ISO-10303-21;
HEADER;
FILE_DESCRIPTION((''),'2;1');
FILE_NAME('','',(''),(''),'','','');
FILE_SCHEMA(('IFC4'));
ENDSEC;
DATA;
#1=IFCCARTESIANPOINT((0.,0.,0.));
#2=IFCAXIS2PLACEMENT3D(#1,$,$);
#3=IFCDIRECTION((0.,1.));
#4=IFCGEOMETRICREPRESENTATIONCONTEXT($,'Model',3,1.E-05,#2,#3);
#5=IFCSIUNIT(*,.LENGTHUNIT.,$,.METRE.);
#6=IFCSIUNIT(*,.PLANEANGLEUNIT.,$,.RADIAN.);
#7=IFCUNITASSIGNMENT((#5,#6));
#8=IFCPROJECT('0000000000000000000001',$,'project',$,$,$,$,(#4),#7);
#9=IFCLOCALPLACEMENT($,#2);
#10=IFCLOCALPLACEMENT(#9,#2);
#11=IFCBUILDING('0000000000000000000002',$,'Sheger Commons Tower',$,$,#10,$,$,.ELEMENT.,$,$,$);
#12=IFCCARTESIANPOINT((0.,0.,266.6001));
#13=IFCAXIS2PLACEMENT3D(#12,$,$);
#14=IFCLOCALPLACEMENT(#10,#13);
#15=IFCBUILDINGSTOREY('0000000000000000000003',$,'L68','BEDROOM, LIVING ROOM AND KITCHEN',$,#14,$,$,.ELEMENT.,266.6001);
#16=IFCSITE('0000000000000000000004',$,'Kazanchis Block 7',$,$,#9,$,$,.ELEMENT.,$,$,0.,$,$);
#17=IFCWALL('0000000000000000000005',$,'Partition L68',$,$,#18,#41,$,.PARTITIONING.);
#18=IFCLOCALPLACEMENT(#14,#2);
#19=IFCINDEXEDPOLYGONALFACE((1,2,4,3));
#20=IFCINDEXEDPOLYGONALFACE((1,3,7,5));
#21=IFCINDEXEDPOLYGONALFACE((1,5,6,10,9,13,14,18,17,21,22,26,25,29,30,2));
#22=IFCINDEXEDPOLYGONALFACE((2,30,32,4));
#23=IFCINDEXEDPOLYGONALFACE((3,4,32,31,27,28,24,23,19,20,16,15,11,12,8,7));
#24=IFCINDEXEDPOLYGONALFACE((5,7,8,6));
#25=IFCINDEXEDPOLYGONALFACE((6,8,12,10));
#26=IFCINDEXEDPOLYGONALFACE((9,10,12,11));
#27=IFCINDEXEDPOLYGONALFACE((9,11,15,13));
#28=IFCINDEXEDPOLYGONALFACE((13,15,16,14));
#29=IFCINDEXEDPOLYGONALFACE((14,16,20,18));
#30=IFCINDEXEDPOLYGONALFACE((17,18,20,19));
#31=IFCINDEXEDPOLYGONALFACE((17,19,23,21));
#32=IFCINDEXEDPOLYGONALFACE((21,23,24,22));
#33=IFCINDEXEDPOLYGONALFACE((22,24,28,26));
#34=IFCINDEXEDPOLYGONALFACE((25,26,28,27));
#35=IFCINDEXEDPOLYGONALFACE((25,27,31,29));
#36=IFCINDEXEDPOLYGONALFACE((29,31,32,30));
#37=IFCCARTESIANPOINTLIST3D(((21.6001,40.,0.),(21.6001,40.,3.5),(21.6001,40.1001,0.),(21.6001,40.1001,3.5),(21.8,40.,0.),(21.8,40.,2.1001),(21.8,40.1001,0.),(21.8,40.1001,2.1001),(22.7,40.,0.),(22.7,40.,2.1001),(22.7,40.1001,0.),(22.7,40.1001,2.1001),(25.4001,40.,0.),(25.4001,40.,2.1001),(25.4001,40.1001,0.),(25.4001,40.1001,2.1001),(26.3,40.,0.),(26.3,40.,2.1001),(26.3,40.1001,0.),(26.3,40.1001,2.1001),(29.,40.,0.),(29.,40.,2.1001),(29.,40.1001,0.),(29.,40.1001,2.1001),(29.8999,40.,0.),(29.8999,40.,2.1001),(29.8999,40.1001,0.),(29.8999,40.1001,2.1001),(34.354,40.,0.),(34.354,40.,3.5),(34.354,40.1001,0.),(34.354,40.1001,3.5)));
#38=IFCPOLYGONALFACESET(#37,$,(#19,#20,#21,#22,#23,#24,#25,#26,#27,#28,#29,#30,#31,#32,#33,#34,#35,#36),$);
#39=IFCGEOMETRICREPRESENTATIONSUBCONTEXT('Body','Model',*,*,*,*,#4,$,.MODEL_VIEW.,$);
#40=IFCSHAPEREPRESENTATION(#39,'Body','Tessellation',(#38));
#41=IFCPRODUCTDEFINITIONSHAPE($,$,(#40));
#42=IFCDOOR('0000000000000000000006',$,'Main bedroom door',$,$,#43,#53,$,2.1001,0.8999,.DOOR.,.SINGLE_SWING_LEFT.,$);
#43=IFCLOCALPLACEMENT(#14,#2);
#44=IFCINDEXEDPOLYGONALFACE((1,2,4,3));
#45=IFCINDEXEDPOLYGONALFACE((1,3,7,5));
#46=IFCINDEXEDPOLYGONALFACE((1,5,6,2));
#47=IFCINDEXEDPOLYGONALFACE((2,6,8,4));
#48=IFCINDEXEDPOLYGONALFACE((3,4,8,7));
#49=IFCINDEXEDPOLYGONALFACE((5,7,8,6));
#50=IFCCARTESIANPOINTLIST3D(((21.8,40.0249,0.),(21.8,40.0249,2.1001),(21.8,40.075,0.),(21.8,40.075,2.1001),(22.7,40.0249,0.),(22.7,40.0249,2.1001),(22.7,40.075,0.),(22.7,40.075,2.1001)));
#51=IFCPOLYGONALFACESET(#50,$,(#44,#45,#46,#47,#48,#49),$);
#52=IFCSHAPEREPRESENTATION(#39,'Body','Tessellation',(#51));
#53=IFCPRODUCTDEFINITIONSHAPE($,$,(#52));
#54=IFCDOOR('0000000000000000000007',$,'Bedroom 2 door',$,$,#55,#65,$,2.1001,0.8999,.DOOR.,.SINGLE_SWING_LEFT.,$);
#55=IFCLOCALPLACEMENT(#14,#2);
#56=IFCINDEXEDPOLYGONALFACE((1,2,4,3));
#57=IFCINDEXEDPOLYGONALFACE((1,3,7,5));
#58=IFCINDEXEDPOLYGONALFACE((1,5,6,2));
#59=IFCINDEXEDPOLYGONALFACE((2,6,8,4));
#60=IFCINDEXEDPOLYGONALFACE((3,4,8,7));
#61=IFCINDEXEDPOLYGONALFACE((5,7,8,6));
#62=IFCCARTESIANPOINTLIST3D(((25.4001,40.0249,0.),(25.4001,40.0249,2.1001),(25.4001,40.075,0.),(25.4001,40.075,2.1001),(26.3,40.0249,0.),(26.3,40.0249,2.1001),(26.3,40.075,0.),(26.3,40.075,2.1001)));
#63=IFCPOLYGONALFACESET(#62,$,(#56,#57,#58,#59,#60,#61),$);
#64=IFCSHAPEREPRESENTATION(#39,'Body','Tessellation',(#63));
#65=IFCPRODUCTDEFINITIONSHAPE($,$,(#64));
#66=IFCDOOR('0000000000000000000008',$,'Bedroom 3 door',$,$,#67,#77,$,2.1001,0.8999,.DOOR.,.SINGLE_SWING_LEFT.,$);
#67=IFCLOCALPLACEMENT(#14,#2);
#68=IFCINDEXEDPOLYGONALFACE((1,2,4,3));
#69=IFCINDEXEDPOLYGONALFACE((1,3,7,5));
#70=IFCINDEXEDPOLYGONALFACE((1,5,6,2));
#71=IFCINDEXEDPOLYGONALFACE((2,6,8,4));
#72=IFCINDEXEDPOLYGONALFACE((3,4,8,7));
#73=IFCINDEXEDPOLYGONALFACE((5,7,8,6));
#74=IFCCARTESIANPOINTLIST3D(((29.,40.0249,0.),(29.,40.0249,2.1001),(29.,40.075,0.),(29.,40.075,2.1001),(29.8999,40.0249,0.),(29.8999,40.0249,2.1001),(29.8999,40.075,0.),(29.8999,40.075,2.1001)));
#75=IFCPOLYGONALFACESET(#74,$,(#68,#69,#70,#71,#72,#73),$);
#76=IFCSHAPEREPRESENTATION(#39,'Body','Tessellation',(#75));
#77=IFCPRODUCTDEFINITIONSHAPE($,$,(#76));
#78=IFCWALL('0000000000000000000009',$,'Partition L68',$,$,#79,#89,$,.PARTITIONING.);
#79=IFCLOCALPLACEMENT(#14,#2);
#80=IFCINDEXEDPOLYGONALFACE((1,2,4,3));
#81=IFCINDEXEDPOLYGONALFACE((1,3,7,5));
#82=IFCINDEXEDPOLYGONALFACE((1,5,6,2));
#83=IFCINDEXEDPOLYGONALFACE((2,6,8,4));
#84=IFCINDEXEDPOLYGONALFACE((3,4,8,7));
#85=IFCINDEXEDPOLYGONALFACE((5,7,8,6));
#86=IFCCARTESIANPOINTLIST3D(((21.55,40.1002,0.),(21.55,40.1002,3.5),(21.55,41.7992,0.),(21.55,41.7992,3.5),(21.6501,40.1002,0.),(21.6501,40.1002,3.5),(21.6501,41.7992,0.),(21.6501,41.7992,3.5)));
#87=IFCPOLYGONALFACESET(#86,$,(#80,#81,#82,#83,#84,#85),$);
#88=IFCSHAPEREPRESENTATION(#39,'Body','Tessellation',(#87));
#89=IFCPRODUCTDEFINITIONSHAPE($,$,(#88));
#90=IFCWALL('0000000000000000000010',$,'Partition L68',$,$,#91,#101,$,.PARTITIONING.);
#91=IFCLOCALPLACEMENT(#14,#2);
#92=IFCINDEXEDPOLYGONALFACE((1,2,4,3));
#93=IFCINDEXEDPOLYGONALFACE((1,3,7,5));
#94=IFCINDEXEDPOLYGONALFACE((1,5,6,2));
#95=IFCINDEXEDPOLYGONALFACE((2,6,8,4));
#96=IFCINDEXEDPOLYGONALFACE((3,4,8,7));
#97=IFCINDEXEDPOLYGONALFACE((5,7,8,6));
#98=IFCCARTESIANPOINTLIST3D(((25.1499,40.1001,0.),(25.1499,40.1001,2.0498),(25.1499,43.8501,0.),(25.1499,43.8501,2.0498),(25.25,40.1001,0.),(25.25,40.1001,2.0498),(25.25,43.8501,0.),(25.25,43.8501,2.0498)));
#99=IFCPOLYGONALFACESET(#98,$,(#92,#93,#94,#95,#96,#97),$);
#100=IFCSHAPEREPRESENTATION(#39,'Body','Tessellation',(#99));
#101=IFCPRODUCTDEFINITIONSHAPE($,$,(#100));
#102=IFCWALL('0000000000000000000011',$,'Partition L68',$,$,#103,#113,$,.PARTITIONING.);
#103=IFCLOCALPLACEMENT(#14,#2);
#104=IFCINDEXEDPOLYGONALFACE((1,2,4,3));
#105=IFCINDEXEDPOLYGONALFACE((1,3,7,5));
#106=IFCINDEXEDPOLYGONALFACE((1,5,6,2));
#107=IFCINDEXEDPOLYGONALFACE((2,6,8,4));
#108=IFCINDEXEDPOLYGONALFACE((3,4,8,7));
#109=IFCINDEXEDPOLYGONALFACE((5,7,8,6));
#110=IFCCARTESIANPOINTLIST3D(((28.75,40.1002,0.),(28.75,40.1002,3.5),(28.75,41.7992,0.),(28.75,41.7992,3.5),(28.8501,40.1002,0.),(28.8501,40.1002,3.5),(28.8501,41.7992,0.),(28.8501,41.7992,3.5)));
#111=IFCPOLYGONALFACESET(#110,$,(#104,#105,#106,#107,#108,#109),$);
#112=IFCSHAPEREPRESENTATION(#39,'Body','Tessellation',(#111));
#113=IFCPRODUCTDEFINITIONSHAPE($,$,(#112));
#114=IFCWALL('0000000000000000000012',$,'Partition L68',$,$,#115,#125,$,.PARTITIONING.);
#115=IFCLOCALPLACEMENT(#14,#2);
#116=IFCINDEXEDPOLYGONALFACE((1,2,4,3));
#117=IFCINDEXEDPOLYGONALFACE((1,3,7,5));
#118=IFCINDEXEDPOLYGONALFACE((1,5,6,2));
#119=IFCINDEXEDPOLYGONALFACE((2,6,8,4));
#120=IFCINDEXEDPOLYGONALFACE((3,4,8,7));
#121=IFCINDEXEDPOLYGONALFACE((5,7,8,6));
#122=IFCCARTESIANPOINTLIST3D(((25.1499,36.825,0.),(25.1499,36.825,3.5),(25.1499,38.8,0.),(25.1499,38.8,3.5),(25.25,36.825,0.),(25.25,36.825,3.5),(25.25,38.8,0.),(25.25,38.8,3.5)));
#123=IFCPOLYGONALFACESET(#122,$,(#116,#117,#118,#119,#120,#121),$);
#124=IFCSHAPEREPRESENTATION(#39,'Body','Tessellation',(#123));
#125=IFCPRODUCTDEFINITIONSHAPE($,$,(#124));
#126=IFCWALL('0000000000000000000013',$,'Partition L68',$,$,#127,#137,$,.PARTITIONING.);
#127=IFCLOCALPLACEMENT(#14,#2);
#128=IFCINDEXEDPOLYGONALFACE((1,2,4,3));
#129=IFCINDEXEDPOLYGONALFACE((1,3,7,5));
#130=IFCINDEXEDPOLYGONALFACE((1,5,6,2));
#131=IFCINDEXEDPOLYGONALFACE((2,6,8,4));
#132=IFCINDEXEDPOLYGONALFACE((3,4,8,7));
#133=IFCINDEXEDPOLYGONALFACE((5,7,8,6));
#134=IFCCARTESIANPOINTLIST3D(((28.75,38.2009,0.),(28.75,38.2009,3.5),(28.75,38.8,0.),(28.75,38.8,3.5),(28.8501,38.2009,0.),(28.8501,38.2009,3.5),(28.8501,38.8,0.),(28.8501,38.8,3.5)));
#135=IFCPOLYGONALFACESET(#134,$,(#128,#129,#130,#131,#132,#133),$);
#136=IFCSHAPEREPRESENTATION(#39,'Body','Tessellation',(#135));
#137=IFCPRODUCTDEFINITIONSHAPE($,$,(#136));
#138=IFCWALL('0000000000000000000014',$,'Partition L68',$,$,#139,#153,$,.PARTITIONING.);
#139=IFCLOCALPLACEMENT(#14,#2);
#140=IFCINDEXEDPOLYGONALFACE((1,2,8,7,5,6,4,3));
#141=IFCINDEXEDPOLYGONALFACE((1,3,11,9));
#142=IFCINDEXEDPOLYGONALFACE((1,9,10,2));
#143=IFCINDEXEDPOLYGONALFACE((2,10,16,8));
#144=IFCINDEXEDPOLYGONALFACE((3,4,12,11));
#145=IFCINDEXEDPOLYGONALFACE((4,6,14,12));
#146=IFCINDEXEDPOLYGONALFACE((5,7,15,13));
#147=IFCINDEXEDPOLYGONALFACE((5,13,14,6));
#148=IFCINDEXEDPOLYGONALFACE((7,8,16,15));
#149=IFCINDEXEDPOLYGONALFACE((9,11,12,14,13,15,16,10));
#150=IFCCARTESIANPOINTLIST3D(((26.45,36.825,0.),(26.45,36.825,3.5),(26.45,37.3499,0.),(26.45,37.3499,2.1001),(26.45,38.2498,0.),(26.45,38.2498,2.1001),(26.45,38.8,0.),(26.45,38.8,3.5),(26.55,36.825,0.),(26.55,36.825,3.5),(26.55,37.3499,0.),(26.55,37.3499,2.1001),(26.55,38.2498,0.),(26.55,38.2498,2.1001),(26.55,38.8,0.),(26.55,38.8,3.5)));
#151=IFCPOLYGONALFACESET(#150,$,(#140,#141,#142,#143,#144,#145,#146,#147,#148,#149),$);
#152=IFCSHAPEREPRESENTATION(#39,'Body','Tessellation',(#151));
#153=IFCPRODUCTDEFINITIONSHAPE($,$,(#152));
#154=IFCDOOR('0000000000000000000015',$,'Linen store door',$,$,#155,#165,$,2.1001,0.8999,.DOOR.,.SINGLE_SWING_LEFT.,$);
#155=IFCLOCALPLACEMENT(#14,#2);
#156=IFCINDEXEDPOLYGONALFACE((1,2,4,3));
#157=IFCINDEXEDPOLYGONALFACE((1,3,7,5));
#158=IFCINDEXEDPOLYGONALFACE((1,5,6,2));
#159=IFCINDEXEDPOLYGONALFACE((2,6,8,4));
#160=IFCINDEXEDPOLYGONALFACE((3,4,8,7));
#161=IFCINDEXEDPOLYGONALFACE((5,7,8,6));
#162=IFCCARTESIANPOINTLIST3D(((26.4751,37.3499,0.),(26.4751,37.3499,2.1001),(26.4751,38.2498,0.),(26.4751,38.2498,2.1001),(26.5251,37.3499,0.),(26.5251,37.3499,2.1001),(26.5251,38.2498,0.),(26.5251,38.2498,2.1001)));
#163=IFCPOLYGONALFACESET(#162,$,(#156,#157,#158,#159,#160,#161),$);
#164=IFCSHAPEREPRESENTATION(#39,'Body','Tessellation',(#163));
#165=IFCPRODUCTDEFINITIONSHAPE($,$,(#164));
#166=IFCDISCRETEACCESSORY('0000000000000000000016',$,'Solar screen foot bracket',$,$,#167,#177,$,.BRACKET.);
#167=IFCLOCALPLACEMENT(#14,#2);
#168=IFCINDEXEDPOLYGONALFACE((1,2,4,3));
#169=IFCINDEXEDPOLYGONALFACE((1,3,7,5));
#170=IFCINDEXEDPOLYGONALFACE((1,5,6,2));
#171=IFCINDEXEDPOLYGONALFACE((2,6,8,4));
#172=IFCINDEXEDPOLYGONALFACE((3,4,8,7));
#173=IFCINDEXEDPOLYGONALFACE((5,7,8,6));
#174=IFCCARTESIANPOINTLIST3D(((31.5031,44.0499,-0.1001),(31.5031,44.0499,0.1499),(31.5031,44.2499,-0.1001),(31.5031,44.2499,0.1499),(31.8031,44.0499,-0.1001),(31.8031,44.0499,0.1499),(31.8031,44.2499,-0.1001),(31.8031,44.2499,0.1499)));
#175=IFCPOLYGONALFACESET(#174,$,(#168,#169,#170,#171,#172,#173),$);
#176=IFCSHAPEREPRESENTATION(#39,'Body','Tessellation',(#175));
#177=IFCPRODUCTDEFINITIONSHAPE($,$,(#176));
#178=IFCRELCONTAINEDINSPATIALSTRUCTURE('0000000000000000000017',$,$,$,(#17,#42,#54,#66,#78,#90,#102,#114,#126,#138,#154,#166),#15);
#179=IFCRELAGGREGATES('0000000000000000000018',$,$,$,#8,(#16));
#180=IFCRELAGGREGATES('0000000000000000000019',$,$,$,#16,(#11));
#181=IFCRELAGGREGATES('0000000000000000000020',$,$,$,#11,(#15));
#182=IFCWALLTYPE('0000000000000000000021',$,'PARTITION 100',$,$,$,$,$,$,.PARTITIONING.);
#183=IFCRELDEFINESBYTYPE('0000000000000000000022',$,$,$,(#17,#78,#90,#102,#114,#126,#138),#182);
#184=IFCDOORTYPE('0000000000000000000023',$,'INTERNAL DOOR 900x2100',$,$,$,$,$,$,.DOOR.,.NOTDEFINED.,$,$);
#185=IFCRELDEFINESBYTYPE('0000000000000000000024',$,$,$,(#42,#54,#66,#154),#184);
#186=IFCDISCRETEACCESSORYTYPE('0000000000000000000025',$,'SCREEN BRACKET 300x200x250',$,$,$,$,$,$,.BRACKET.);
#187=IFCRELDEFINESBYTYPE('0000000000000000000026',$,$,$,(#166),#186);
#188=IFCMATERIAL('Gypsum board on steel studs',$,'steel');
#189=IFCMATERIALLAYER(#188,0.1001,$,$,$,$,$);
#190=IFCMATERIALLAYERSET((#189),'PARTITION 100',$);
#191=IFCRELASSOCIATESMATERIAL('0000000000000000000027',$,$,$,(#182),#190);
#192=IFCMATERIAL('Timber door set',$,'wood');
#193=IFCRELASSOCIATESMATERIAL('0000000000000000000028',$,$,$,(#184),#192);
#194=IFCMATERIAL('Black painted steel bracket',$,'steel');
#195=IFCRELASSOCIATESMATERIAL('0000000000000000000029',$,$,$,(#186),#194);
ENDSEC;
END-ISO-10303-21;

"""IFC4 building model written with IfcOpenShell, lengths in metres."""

from ifc_helpers import new_model, si_unit, direction, frame, frame_2d, origin, origin_2d, place, context, subcontext, project, spatial, rectangle, extrude, material, layer, layer_set, type_object, element, fill, save


model = new_model("IFC4")

# Units and contexts
model_context = context("Model", 3, precision=1e-05, world=origin(), true_north=direction((0.0, 1.0)))
body_context = subcontext(model_context, "Body", "Model", "MODEL_VIEW")
ifc_project = project(units=[si_unit("LENGTHUNIT", "METRE"), si_unit("PLANEANGLEUNIT", "RADIAN")], contexts=[model_context])

# Site, building, storey
site_placement = place(None, origin())
site = spatial("IfcSite", under=ifc_project, at=site_placement, Name="Kazanchis Block 7", CompositionType="ELEMENT", RefElevation=0.0)
building_placement = place(site_placement, origin())
building = spatial("IfcBuilding", under=site, at=building_placement, Name="Sheger Commons Tower", CompositionType="ELEMENT")
storey_placement = place(building_placement, frame((0.0, 0.0, 266.6001)))
storey = spatial("IfcBuildingStorey", under=building, at=storey_placement, Name="L68", Description="BEDROOM, LIVING ROOM AND KITCHEN", CompositionType="ELEMENT", Elevation=266.6001)

# Wall, openings, doors
ifc_material_1 = material(Name="Gypsum board on steel studs", Category="steel")
ifc_layer_1 = layer(ifc_material_1, 0.1001)
ifc_layer_set_1 = layer_set([ifc_layer_1], Name="PARTITION 100")
wall_type_1 = type_object("IfcWallType", Name="PARTITION 100", PredefinedType="PARTITIONING", material=ifc_layer_set_1)
wall_1_placement = place(storey_placement, frame((21.6001, 40.05, 0.0), z_axis=(0.0, 0.0, 1.0), x_axis=(1.0, 0.0, 0.0)))
wall_1 = element("IfcWall", 1, at=wall_1_placement, inside=storey, type_object=wall_type_1, Name="Partition L68", PredefinedType="PARTITIONING", context=body_context, shape_type="SweptSolid", body=[
    extrude(rectangle(XDim=12.7539, YDim=0.1001, at=frame_2d((6.377, 0.0))), origin(), (0.0, 0.0, 1.0), 3.5),
])
opening_1_placement = place(wall_1_placement, frame((0.2, 0.0, 0.0)))
opening_1 = element("IfcOpeningElement", 2, at=opening_1_placement, cuts=wall_1, PredefinedType="OPENING", context=body_context, shape_type="SweptSolid", body=[
    extrude(rectangle(XDim=0.8999, YDim=2.1001, at=frame_2d((0.45, 1.05))), frame((0.0, 0.0601, 0.0), z_axis=(0.0, -1.0, 0.0), x_axis=(1.0, 0.0, 0.0)), (0.0, 0.0, 1.0), 0.1201),
])
opening_2_placement = place(wall_1_placement, frame((3.8, 0.0, 0.0)))
opening_2 = element("IfcOpeningElement", 3, at=opening_2_placement, cuts=wall_1, PredefinedType="OPENING", context=body_context, shape_type="SweptSolid", body=[
    extrude(rectangle(XDim=0.8999, YDim=2.1001, at=frame_2d((0.45, 1.05))), frame((0.0, 0.0601, 0.0), z_axis=(0.0, -1.0, 0.0), x_axis=(1.0, 0.0, 0.0)), (0.0, 0.0, 1.0), 0.1201),
])
opening_3_placement = place(wall_1_placement, frame((7.3999, 0.0, 0.0)))
opening_3 = element("IfcOpeningElement", 4, at=opening_3_placement, cuts=wall_1, PredefinedType="OPENING", context=body_context, shape_type="SweptSolid", body=[
    extrude(rectangle(XDim=0.8999, YDim=2.1001, at=frame_2d((0.45, 1.05))), frame((0.0, 0.0601, 0.0), z_axis=(0.0, -1.0, 0.0), x_axis=(1.0, 0.0, 0.0)), (0.0, 0.0, 1.0), 0.1201),
])
ifc_material_2 = material(Name="Timber door set", Category="wood")
door_type = type_object("IfcDoorType", Name="INTERNAL DOOR 900x2100", OperationType="NOTDEFINED", PredefinedType="DOOR", material=ifc_material_2)
door_1_placement = place(opening_1_placement, origin())
door_1 = element("IfcDoor", 5, at=door_1_placement, inside=storey, type_object=door_type, Name="Main bedroom door", OperationType="SINGLE_SWING_LEFT", OverallHeight=2.1001, OverallWidth=0.8999, PredefinedType="DOOR", context=body_context, shape_type="SweptSolid", body=[
    extrude(rectangle(XDim=0.8999, YDim=2.1001, at=frame_2d((0.45, 1.05))), frame((0.0, 0.0249, 0.0), z_axis=(0.0, -1.0, 0.0), x_axis=(1.0, 0.0, 0.0)), (0.0, 0.0, 1.0), 0.05),
])
fill(opening_1, door_1)
door_2_placement = place(opening_2_placement, origin())
door_2 = element("IfcDoor", 6, at=door_2_placement, inside=storey, type_object=door_type, Name="Bedroom 2 door", OperationType="SINGLE_SWING_LEFT", OverallHeight=2.1001, OverallWidth=0.8999, PredefinedType="DOOR", context=body_context, shape_type="SweptSolid", body=[
    extrude(rectangle(XDim=0.8999, YDim=2.1001, at=frame_2d((0.45, 1.05))), frame((0.0, 0.0249, 0.0), z_axis=(0.0, -1.0, 0.0), x_axis=(1.0, 0.0, 0.0)), (0.0, 0.0, 1.0), 0.05),
])
fill(opening_2, door_2)
door_3_placement = place(opening_3_placement, origin())
door_3 = element("IfcDoor", 7, at=door_3_placement, inside=storey, type_object=door_type, Name="Bedroom 3 door", OperationType="SINGLE_SWING_LEFT", OverallHeight=2.1001, OverallWidth=0.8999, PredefinedType="DOOR", context=body_context, shape_type="SweptSolid", body=[
    extrude(rectangle(XDim=0.8999, YDim=2.1001, at=frame_2d((0.45, 1.05))), frame((0.0, 0.0249, 0.0), z_axis=(0.0, -1.0, 0.0), x_axis=(1.0, 0.0, 0.0)), (0.0, 0.0, 1.0), 0.05),
])
fill(opening_3, door_3)

# Walls
wall_2_placement = place(storey_placement, frame((21.6001, 40.1001, 0.0), z_axis=(0.0, 0.0, 1.0), x_axis=(0.0, 1.0, 0.0)))
element("IfcWall", 8, at=wall_2_placement, inside=storey, type_object=wall_type_1, Name="Partition L68", PredefinedType="PARTITIONING", context=body_context, shape_type="SweptSolid", body=[
    extrude(rectangle(XDim=1.699, YDim=0.1001, at=frame_2d((0.8496, 0.0))), origin(), (0.0, 0.0, 1.0), 3.5),
])
wall_3_placement = place(storey_placement, frame((25.2, 40.1001, 0.0), z_axis=(0.0, 0.0, 1.0), x_axis=(0.0, 1.0, 0.0)))
element("IfcWall", 9, at=wall_3_placement, inside=storey, type_object=wall_type_1, Name="Partition L68", PredefinedType="PARTITIONING", context=body_context, shape_type="SweptSolid", body=[
    extrude(rectangle(XDim=3.75, YDim=0.1001, at=frame_2d((1.875, 0.0))), origin(), (0.0, 0.0, 1.0), 2.0498),
])
wall_4_placement = place(storey_placement, frame((28.8, 40.1001, 0.0), z_axis=(0.0, 0.0, 1.0), x_axis=(0.0, 1.0, 0.0)))
element("IfcWall", 10, at=wall_4_placement, inside=storey, type_object=wall_type_1, Name="Partition L68", PredefinedType="PARTITIONING", context=body_context, shape_type="SweptSolid", body=[
    extrude(rectangle(XDim=1.699, YDim=0.1001, at=frame_2d((0.8496, 0.0))), origin(), (0.0, 0.0, 1.0), 3.5),
])
wall_5_placement = place(storey_placement, frame((25.2, 36.825, 0.0), z_axis=(0.0, 0.0, 1.0), x_axis=(0.0, 1.0, 0.0)))
element("IfcWall", 11, at=wall_5_placement, inside=storey, type_object=wall_type_1, Name="Partition L68", PredefinedType="PARTITIONING", context=body_context, shape_type="SweptSolid", body=[
    extrude(rectangle(XDim=1.9751, YDim=0.1001, at=frame_2d((0.9875, 0.0))), origin(), (0.0, 0.0, 1.0), 3.5),
])
wall_6_placement = place(storey_placement, frame((28.8, 38.2009, 0.0), z_axis=(0.0, 0.0, 1.0), x_axis=(0.0, 1.0, 0.0)))
element("IfcWall", 12, at=wall_6_placement, inside=storey, type_object=wall_type_1, Name="Partition L68", PredefinedType="PARTITIONING", context=body_context, shape_type="SweptSolid", body=[
    extrude(rectangle(XDim=0.5991, YDim=0.1001, at=frame_2d((0.2996, 0.0))), origin(), (0.0, 0.0, 1.0), 3.5),
])

# Wall, opening, door
wall_7_placement = place(storey_placement, frame((26.5, 36.825, 0.0), z_axis=(0.0, 0.0, 1.0), x_axis=(0.0, 1.0, 0.0)))
wall_7 = element("IfcWall", 13, at=wall_7_placement, inside=storey, type_object=wall_type_1, Name="Partition L68", PredefinedType="PARTITIONING", context=body_context, shape_type="SweptSolid", body=[
    extrude(rectangle(XDim=1.9751, YDim=0.1001, at=frame_2d((0.9875, 0.0))), origin(), (0.0, 0.0, 1.0), 3.5),
])
opening_4_placement = place(wall_7_placement, frame((0.5249, 0.0, 0.0)))
opening_4 = element("IfcOpeningElement", 14, at=opening_4_placement, cuts=wall_7, PredefinedType="OPENING", context=body_context, shape_type="SweptSolid", body=[
    extrude(rectangle(XDim=0.8999, YDim=2.1001, at=frame_2d((0.45, 1.05))), frame((0.0, 0.0601, 0.0), z_axis=(0.0, -1.0, 0.0), x_axis=(1.0, 0.0, 0.0)), (0.0, 0.0, 1.0), 0.1201),
])
door_4_placement = place(opening_4_placement, origin())
door_4 = element("IfcDoor", 15, at=door_4_placement, inside=storey, type_object=door_type, Name="Linen store door", OperationType="SINGLE_SWING_LEFT", OverallHeight=2.1001, OverallWidth=0.8999, PredefinedType="DOOR", context=body_context, shape_type="SweptSolid", body=[
    extrude(rectangle(XDim=0.8999, YDim=2.1001, at=frame_2d((0.45, 1.05))), frame((0.0, 0.0249, 0.0), z_axis=(0.0, -1.0, 0.0), x_axis=(1.0, 0.0, 0.0)), (0.0, 0.0, 1.0), 0.05),
])
fill(opening_4, door_4)

# Discrete accessory
ifc_material_3 = material(Name="Black painted steel bracket", Category="steel")
discrete_accessory_type = type_object("IfcDiscreteAccessoryType", Name="SCREEN BRACKET 300x200x250", PredefinedType="BRACKET", material=ifc_material_3)
for number, where, z_axis, x_axis, name in (
    (16, (31.6531, 44.1499, -0.1001), (0.0, 0.0, 1.0), (-1.0, 0.0, 0.0), "Solar screen foot bracket"),
):
    element("IfcDiscreteAccessory", number, at=place(storey_placement, frame(where, z_axis=z_axis, x_axis=x_axis)), inside=storey, type_object=discrete_accessory_type, Name=name, PredefinedType="BRACKET", context=body_context, shape_type="SweptSolid", body=[
        extrude(rectangle(XDim=0.3, YDim=0.2, at=origin_2d()), origin(), (0.0, 0.0, 1.0), 0.25),
    ])

save(model, "model.ifc")
